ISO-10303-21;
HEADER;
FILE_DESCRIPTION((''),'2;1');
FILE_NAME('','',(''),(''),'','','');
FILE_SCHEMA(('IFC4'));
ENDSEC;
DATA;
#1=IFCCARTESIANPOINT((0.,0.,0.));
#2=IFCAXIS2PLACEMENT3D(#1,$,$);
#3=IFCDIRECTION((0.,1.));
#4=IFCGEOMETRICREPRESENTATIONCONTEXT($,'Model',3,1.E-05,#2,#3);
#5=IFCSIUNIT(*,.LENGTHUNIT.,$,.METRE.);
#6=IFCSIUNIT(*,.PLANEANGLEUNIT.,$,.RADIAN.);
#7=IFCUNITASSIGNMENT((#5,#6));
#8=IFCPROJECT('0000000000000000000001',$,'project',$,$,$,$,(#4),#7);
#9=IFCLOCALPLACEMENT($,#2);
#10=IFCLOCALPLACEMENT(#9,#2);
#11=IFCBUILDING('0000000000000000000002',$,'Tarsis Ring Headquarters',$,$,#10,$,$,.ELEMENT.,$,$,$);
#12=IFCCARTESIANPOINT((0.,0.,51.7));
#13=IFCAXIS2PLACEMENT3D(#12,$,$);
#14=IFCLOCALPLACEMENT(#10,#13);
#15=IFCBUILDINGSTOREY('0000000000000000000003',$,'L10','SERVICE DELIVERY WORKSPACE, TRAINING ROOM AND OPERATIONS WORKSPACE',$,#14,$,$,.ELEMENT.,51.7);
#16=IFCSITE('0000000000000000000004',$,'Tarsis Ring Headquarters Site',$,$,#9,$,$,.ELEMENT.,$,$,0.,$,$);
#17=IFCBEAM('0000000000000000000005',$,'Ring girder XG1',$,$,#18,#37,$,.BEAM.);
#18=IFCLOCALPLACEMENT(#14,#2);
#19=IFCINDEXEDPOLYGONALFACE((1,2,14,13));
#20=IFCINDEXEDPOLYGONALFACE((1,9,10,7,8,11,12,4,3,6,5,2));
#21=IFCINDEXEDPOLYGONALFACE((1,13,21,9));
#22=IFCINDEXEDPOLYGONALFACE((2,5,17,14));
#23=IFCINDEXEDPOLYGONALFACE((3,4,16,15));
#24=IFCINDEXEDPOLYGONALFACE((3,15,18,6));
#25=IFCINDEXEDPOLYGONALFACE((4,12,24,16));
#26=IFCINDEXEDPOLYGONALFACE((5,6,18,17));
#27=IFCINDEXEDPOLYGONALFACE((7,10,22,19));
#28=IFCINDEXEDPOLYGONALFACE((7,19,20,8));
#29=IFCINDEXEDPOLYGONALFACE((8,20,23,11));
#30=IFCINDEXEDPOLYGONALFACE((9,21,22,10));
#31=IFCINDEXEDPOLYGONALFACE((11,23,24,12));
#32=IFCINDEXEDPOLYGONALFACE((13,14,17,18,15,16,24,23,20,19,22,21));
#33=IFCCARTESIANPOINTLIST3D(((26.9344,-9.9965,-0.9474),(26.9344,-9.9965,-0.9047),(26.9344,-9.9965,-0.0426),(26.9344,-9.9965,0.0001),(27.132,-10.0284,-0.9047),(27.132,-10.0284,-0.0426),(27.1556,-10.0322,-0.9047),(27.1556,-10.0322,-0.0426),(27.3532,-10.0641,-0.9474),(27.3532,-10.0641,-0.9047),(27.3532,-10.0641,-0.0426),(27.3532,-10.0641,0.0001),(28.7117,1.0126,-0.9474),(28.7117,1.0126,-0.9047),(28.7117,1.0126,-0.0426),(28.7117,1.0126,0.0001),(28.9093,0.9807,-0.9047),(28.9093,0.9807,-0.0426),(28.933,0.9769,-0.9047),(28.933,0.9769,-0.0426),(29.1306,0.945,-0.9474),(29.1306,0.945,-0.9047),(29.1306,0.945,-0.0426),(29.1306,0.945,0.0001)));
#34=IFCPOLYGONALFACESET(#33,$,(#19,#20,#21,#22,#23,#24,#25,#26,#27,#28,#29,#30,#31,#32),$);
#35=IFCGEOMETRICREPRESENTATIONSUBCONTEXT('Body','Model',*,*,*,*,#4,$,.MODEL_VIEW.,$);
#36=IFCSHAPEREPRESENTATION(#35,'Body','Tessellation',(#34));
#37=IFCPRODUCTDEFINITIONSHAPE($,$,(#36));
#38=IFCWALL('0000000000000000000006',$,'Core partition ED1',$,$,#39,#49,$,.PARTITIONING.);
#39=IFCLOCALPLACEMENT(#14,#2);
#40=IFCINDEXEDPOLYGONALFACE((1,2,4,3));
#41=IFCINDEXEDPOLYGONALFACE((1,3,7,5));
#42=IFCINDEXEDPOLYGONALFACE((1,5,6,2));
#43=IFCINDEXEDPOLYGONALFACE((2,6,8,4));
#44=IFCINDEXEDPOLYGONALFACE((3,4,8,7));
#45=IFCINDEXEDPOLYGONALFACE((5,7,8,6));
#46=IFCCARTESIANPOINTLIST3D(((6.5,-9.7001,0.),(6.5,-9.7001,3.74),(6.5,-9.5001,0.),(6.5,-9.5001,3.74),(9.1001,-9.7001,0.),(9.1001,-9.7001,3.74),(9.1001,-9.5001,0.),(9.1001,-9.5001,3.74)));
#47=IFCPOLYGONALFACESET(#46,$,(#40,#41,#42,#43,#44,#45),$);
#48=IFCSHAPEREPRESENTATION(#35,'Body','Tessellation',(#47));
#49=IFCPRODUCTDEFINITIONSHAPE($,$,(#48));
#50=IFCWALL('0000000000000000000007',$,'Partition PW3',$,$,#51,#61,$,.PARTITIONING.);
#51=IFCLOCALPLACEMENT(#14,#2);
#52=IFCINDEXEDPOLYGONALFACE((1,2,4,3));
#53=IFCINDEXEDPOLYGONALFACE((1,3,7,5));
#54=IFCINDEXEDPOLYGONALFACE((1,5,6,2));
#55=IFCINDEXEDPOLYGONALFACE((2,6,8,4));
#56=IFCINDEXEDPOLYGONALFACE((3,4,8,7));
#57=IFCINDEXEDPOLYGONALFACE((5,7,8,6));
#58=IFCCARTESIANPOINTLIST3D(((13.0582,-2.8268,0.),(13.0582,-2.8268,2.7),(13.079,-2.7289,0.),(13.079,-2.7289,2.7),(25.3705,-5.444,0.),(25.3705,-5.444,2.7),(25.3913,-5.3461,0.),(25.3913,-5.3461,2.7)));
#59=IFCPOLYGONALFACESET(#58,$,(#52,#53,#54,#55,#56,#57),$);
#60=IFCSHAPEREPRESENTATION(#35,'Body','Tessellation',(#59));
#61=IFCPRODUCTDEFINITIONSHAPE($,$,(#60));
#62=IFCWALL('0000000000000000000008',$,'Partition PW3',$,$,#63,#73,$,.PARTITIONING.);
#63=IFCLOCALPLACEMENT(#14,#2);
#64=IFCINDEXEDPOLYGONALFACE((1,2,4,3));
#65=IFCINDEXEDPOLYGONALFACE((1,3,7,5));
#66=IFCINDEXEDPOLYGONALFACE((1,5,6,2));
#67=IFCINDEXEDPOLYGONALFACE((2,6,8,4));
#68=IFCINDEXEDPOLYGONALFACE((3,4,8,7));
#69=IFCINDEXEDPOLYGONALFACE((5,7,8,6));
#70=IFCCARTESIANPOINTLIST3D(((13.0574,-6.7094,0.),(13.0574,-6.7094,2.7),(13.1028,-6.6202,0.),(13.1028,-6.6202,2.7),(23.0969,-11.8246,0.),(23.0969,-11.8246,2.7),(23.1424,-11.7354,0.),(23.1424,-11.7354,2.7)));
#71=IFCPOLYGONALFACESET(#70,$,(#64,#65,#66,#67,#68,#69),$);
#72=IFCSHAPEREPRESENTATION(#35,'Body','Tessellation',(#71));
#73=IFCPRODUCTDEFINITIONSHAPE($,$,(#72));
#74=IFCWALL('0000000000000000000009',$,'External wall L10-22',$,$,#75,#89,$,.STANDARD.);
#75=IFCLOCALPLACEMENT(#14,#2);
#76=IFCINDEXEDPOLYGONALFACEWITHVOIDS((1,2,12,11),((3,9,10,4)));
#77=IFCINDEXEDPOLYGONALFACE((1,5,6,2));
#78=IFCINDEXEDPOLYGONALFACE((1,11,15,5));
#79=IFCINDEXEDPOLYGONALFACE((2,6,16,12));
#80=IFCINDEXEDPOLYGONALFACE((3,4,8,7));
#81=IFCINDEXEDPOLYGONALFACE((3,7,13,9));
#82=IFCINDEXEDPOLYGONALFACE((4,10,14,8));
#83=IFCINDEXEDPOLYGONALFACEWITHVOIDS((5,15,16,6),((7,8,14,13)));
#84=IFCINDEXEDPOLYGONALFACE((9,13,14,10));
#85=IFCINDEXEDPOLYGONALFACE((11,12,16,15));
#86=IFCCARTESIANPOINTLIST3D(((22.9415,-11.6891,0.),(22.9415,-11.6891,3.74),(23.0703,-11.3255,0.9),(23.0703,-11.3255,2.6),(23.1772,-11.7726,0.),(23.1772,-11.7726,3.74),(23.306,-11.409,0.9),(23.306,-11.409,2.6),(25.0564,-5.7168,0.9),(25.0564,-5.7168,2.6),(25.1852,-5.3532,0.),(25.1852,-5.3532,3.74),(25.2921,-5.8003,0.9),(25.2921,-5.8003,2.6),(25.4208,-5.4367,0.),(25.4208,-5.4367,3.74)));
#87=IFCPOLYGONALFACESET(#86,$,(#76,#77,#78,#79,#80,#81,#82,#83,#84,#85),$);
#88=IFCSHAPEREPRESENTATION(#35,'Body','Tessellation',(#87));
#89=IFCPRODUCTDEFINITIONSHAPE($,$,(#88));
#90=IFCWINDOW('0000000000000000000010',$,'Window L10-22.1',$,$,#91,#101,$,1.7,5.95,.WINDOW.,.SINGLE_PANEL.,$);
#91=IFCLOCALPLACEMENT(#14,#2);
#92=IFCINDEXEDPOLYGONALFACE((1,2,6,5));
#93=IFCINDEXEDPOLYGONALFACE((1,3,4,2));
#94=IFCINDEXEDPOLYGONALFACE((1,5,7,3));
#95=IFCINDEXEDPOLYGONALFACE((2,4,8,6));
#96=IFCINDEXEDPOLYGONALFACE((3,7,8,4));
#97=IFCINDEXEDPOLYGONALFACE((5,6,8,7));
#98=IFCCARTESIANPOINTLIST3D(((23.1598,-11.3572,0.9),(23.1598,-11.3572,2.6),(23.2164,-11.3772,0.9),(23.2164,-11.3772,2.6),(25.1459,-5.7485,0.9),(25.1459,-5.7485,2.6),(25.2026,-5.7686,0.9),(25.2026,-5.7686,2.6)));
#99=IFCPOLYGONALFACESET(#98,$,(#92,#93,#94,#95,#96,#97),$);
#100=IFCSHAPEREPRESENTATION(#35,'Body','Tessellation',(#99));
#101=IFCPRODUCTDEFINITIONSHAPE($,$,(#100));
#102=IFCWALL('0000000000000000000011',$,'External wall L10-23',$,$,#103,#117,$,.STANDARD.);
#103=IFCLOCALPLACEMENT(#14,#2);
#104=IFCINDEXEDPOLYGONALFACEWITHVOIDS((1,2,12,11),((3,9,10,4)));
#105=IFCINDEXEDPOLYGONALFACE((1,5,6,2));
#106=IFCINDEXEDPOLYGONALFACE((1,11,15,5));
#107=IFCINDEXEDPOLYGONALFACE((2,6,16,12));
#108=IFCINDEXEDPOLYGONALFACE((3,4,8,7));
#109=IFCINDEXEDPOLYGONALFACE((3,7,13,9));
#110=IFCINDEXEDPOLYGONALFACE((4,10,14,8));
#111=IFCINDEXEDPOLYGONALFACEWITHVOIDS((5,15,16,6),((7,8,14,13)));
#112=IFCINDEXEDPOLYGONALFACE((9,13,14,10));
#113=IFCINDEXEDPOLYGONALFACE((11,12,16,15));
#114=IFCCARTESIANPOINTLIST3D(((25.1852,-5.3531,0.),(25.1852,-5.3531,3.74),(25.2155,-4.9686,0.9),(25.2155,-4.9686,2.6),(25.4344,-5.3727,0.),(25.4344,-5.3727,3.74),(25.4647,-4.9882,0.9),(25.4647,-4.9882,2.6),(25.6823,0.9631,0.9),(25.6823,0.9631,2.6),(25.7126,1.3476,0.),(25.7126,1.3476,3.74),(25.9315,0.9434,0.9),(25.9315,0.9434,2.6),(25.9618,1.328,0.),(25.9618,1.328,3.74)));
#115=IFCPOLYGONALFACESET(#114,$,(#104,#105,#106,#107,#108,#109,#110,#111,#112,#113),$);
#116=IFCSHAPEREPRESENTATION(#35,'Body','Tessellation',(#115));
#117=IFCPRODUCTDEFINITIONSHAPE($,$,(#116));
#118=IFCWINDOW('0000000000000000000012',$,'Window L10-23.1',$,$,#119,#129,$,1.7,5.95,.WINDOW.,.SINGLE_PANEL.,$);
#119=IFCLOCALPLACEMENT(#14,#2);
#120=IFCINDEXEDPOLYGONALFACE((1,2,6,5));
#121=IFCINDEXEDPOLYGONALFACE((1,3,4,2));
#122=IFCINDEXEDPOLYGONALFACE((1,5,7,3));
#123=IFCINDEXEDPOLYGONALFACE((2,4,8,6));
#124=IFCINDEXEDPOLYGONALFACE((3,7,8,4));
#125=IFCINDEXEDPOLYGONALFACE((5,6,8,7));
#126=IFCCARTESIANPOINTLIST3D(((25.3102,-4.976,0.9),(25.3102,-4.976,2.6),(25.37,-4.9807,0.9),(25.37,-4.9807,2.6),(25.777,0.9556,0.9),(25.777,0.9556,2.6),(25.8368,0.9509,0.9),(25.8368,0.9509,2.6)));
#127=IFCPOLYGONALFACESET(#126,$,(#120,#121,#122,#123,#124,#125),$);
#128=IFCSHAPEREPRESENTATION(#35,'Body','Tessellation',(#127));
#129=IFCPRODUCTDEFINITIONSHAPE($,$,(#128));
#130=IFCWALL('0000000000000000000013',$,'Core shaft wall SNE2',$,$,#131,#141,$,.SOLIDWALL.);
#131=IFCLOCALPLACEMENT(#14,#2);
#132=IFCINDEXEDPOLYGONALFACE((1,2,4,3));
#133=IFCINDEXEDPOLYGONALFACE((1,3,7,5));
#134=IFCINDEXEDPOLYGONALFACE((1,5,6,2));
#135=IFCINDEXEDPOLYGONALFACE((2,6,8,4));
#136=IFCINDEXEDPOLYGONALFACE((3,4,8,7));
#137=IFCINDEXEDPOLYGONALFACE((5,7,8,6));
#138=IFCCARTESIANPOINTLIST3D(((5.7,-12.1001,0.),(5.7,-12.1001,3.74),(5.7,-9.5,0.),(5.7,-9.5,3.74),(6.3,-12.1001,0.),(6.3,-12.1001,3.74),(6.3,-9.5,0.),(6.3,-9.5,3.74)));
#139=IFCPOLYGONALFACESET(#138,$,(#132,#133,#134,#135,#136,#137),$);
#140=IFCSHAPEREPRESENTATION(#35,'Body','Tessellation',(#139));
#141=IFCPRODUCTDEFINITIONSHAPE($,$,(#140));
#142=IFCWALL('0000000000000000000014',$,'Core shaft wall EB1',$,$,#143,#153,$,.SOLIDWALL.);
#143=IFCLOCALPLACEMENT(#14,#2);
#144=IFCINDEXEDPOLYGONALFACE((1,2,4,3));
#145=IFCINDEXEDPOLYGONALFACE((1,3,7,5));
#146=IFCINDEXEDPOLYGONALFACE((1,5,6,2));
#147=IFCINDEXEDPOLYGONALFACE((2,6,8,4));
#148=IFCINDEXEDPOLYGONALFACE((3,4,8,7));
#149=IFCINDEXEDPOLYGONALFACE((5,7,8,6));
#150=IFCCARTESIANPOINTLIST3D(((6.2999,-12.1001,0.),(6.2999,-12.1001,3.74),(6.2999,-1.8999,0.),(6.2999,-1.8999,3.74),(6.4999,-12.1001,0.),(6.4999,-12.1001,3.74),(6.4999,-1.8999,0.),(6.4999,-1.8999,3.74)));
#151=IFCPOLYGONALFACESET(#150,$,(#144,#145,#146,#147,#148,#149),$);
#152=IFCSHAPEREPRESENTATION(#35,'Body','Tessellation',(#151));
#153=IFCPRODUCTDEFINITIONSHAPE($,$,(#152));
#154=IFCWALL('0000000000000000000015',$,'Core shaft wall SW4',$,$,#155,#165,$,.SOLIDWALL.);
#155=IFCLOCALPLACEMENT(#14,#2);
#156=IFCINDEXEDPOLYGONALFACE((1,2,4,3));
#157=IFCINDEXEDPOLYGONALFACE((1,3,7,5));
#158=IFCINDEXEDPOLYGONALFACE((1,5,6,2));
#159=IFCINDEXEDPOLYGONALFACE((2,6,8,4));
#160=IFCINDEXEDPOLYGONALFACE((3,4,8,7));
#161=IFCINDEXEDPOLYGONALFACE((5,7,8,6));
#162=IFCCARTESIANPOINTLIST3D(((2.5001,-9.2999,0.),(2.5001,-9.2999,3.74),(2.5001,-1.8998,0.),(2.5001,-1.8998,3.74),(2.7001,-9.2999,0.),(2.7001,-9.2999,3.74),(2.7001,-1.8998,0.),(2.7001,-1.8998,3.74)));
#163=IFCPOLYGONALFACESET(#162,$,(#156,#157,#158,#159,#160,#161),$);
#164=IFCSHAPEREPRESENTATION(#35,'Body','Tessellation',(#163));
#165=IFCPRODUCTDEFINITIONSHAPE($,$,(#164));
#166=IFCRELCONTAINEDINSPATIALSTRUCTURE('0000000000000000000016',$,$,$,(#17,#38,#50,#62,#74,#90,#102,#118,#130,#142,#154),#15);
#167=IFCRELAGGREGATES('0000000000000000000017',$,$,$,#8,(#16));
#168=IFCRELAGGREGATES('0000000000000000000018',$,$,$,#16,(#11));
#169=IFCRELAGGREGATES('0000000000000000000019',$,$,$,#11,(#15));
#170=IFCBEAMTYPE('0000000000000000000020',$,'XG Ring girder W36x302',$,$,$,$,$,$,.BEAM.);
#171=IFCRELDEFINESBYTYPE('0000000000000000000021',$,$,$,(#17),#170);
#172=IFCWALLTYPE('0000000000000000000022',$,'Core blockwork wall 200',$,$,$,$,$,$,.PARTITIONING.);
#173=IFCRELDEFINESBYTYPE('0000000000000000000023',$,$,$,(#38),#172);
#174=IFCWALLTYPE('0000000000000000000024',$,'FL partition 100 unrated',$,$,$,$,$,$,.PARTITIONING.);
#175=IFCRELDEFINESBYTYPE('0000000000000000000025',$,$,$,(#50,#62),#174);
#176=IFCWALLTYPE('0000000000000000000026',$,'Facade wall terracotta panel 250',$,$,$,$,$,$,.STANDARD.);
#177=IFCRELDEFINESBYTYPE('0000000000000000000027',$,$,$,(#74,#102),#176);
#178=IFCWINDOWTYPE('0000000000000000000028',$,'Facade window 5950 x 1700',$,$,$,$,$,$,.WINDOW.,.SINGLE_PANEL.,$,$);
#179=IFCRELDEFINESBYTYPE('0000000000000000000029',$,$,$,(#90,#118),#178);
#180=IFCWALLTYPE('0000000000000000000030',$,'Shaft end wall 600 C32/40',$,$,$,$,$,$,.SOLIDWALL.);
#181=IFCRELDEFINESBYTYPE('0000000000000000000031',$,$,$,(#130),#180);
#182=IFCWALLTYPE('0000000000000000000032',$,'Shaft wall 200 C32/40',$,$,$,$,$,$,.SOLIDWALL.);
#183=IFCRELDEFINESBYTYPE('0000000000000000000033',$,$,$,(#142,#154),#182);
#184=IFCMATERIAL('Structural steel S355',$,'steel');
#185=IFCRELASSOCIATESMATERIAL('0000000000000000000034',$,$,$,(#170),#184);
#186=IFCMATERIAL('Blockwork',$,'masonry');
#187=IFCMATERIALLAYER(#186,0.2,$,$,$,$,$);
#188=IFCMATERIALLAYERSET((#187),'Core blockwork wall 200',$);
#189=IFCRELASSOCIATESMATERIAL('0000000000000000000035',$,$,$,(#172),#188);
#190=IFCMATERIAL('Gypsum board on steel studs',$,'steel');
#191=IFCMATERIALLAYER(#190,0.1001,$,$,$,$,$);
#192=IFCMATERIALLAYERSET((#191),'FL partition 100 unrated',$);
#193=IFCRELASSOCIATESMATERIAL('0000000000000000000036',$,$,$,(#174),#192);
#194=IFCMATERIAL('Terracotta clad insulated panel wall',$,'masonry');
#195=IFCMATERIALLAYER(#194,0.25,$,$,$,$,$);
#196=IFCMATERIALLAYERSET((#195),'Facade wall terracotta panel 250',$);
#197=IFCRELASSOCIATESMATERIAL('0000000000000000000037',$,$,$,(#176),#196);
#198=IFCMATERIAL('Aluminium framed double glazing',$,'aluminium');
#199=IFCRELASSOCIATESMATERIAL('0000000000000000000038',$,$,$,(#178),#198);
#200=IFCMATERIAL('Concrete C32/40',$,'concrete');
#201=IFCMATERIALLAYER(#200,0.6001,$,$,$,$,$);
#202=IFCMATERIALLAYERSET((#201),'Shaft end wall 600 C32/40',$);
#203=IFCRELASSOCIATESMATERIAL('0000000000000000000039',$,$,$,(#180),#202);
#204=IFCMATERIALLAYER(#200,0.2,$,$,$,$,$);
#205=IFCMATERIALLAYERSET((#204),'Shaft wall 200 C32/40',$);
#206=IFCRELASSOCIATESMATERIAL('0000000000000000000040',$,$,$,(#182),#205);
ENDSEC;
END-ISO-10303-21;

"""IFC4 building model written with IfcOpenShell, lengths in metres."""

from ifc_helpers import new_model, si_unit, direction, frame, frame_2d, origin, origin_2d, place, context, subcontext, project, spatial, rectangle, i_section, extrude, material, layer, layer_set, material_profile, profile_set, type_object, element, fill, save


model = new_model("IFC4")

# Units and contexts
model_context = context("Model", 3, precision=1e-05, world=origin(), true_north=direction((0.0, 1.0)))
body_context = subcontext(model_context, "Body", "Model", "MODEL_VIEW")
ifc_project = project(units=[si_unit("LENGTHUNIT", "METRE"), si_unit("PLANEANGLEUNIT", "RADIAN")], contexts=[model_context])

# Site, building, storey
site_placement = place(None, origin())
site = spatial("IfcSite", under=ifc_project, at=site_placement, Name="Tarsis Ring Headquarters Site", CompositionType="ELEMENT", RefElevation=0.0)
building_placement = place(site_placement, origin())
building = spatial("IfcBuilding", under=site, at=building_placement, Name="Tarsis Ring Headquarters", CompositionType="ELEMENT")
storey_placement = place(building_placement, frame((0.0, 0.0, 51.7)))
storey = spatial("IfcBuildingStorey", under=building, at=storey_placement, Name="L10", Description="SERVICE DELIVERY WORKSPACE, TRAINING ROOM AND OPERATIONS WORKSPACE", CompositionType="ELEMENT", Elevation=51.7)

# Beam
ifc_material_1 = material(Name="Structural steel S355", Category="steel")
ifc_material_profile_1 = material_profile(ifc_material_1, i_section(OverallWidth=0.4243, OverallDepth=0.9475, WebThickness=0.0239, FlangeThickness=0.0427, at=origin_2d()), Name="W36x302")
ifc_profile_set_1 = profile_set([ifc_material_profile_1], Name="Structural steel S355")
beam_type_1 = type_object("IfcBeamType", Name="XG Ring girder W36x302", PredefinedType="BEAM", material=ifc_profile_set_1)
beam_1_placement = place(storey_placement, frame((27.1438, -10.0303, -0.4736), z_axis=(0.15938, 0.987217, 0.0), x_axis=(-0.987217, 0.15938, 0.0)))
element("IfcBeam", 1, at=beam_1_placement, inside=storey, type_object=beam_type_1, Name="Ring girder XG1", PredefinedType="BEAM", context=body_context, shape_type="SweptSolid", body=[
    extrude(i_section(OverallWidth=0.4243, OverallDepth=0.9475, WebThickness=0.0239, FlangeThickness=0.0427, at=origin_2d()), origin(), (0.0, 0.0, 1.0), 11.1516),
])

# Walls
ifc_material_2 = material(Name="Blockwork", Category="masonry")
ifc_layer_1 = layer(ifc_material_2, 0.2)
ifc_layer_set_1 = layer_set([ifc_layer_1], Name="Core blockwork wall 200")
wall_type_1 = type_object("IfcWallType", Name="Core blockwork wall 200", PredefinedType="PARTITIONING", material=ifc_layer_set_1)
wall_1_placement = place(storey_placement, frame((6.5, -9.6001, 0.0), z_axis=(0.0, 0.0, 1.0), x_axis=(1.0, 0.0, 0.0)))
element("IfcWall", 2, at=wall_1_placement, inside=storey, type_object=wall_type_1, Name="Core partition ED1", PredefinedType="PARTITIONING", context=body_context, shape_type="SweptSolid", body=[
    extrude(rectangle(XDim=2.6001, YDim=0.2, at=frame_2d((1.3, 0.0))), origin(), (0.0, 0.0, 1.0), 3.74),
])
ifc_material_3 = material(Name="Gypsum board on steel studs", Category="steel")
ifc_layer_2 = layer(ifc_material_3, 0.1001)
ifc_layer_set_2 = layer_set([ifc_layer_2], Name="FL partition 100 unrated")
wall_type_2 = type_object("IfcWallType", Name="FL partition 100 unrated", PredefinedType="PARTITIONING", material=ifc_layer_set_2)
wall_2_placement = place(storey_placement, frame((13.0686, -2.7778, 0.0), z_axis=(0.0, 0.0, 1.0), x_axis=(0.978145, -0.207922, 0.0)))
element("IfcWall", 3, at=wall_2_placement, inside=storey, type_object=wall_type_2, Name="Partition PW3", PredefinedType="PARTITIONING", context=body_context, shape_type="SweptSolid", body=[
    extrude(rectangle(XDim=12.5874, YDim=0.1001, at=frame_2d((6.2937, 0.0))), origin(), (0.0, 0.0, 1.0), 2.7),
])
wall_3_placement = place(storey_placement, frame((13.0801, -6.6648, 0.0), z_axis=(0.0, 0.0, 1.0), x_axis=(0.891013, -0.453978, 0.0)))
element("IfcWall", 4, at=wall_3_placement, inside=storey, type_object=wall_type_2, Name="Partition PW3", PredefinedType="PARTITIONING", context=body_context, shape_type="SweptSolid", body=[
    extrude(rectangle(XDim=11.2676, YDim=0.1001, at=frame_2d((5.6338, 0.0))), origin(), (0.0, 0.0, 1.0), 2.7),
])

# Walls, openings, windows
ifc_material_4 = material(Name="Terracotta clad insulated panel wall", Category="masonry")
ifc_layer_3 = layer(ifc_material_4, 0.25)
ifc_layer_set_3 = layer_set([ifc_layer_3], Name="Facade wall terracotta panel 250")
wall_type_3 = type_object("IfcWallType", Name="Facade wall terracotta panel 250", PredefinedType="STANDARD", material=ifc_layer_set_3)
wall_4_placement = place(storey_placement, frame((23.0593, -11.731, 0.0), z_axis=(0.0, 0.0, 1.0), x_axis=(0.333804, 0.942642, 0.0)))
wall_4 = element("IfcWall", 5, at=wall_4_placement, inside=storey, type_object=wall_type_3, Name="External wall L10-22", PredefinedType="STANDARD", context=body_context, shape_type="SweptSolid", body=[
    extrude(rectangle(XDim=6.7214, YDim=0.25, at=frame_2d((3.3608, 0.0))), origin(), (0.0, 0.0, 1.0), 3.74),
])
opening_1_placement = place(wall_4_placement, frame((0.3857, 0.0, 0.8999)))
opening_1 = element("IfcOpeningElement", 6, at=opening_1_placement, cuts=wall_4, PredefinedType="OPENING", context=body_context, shape_type="SweptSolid", body=[
    extrude(rectangle(XDim=5.95, YDim=1.7, at=frame_2d((2.9751, 0.8501))), frame((0.0, 0.135, 0.0), z_axis=(0.0, -1.0, 0.0), x_axis=(1.0, 0.0, 0.0)), (0.0, 0.0, 1.0), 0.27),
])
ifc_material_5 = material(Name="Aluminium framed double glazing", Category="aluminium")
window_type = type_object("IfcWindowType", Name="Facade window 5950 x 1700", PartitioningType="SINGLE_PANEL", PredefinedType="WINDOW", material=ifc_material_5)
window_1_placement = place(opening_1_placement, origin())
window_1 = element("IfcWindow", 7, at=window_1_placement, inside=storey, type_object=window_type, Name="Window L10-22.1", OverallHeight=1.7, OverallWidth=5.95, PartitioningType="SINGLE_PANEL", PredefinedType="WINDOW", context=body_context, shape_type="SweptSolid", body=[
    extrude(rectangle(XDim=5.95, YDim=1.7, at=frame_2d((2.9751, 0.8501))), frame((0.0, 0.03, 0.0), z_axis=(0.0, -1.0, 0.0), x_axis=(1.0, 0.0, 0.0)), (0.0, 0.0, 1.0), 0.0601),
])
fill(opening_1, window_1)
wall_5_placement = place(storey_placement, frame((25.3098, -5.363, 0.0), z_axis=(0.0, 0.0, 1.0), x_axis=(0.078457, 0.996917, 0.0)))
wall_5 = element("IfcWall", 8, at=wall_5_placement, inside=storey, type_object=wall_type_3, Name="External wall L10-23", PredefinedType="STANDARD", context=body_context, shape_type="SweptSolid", body=[
    extrude(rectangle(XDim=6.7214, YDim=0.25, at=frame_2d((3.3608, 0.0))), origin(), (0.0, 0.0, 1.0), 3.74),
])
opening_2_placement = place(wall_5_placement, frame((0.3857, 0.0, 0.8999)))
opening_2 = element("IfcOpeningElement", 9, at=opening_2_placement, cuts=wall_5, PredefinedType="OPENING", context=body_context, shape_type="SweptSolid", body=[
    extrude(rectangle(XDim=5.95, YDim=1.7, at=frame_2d((2.9751, 0.8501))), frame((0.0, 0.135, 0.0), z_axis=(0.0, -1.0, 0.0), x_axis=(1.0, 0.0, 0.0)), (0.0, 0.0, 1.0), 0.27),
])
window_2_placement = place(opening_2_placement, origin())
window_2 = element("IfcWindow", 10, at=window_2_placement, inside=storey, type_object=window_type, Name="Window L10-23.1", OverallHeight=1.7, OverallWidth=5.95, PartitioningType="SINGLE_PANEL", PredefinedType="WINDOW", context=body_context, shape_type="SweptSolid", body=[
    extrude(rectangle(XDim=5.95, YDim=1.7, at=frame_2d((2.9751, 0.8501))), frame((0.0, 0.03, 0.0), z_axis=(0.0, -1.0, 0.0), x_axis=(1.0, 0.0, 0.0)), (0.0, 0.0, 1.0), 0.0601),
])
fill(opening_2, window_2)

# Walls
ifc_material_6 = material(Name="Concrete C32/40", Category="concrete")
ifc_layer_4 = layer(ifc_material_6, 0.6001)
ifc_layer_set_4 = layer_set([ifc_layer_4], Name="Shaft end wall 600 C32/40")
wall_type_4 = type_object("IfcWallType", Name="Shaft end wall 600 C32/40", PredefinedType="SOLIDWALL", material=ifc_layer_set_4)
wall_6_placement = place(storey_placement, frame((6.0, -12.1001, 0.0), z_axis=(0.0, 0.0, 1.0), x_axis=(0.0, 1.0, 0.0)))
element("IfcWall", 11, at=wall_6_placement, inside=storey, type_object=wall_type_4, Name="Core shaft wall SNE2", PredefinedType="SOLIDWALL", context=body_context, shape_type="SweptSolid", body=[
    extrude(rectangle(XDim=2.6001, YDim=0.6001, at=frame_2d((1.3, 0.0))), origin(), (0.0, 0.0, 1.0), 3.74),
])
ifc_layer_5 = layer(ifc_material_6, 0.2)
ifc_layer_set_5 = layer_set([ifc_layer_5], Name="Shaft wall 200 C32/40")
wall_type_5 = type_object("IfcWallType", Name="Shaft wall 200 C32/40", PredefinedType="SOLIDWALL", material=ifc_layer_set_5)
wall_7_placement = place(storey_placement, frame((6.3999, -12.1001, 0.0), z_axis=(0.0, 0.0, 1.0), x_axis=(0.0, 1.0, 0.0)))
element("IfcWall", 12, at=wall_7_placement, inside=storey, type_object=wall_type_5, Name="Core shaft wall EB1", PredefinedType="SOLIDWALL", context=body_context, shape_type="SweptSolid", body=[
    extrude(rectangle(XDim=10.2002, YDim=0.2, at=frame_2d((5.1001, 0.0))), origin(), (0.0, 0.0, 1.0), 3.74),
])
wall_8_placement = place(storey_placement, frame((2.6001, -9.3, 0.0), z_axis=(0.0, 0.0, 1.0), x_axis=(0.0, 1.0, 0.0)))
element("IfcWall", 13, at=wall_8_placement, inside=storey, type_object=wall_type_5, Name="Core shaft wall SW4", PredefinedType="SOLIDWALL", context=body_context, shape_type="SweptSolid", body=[
    extrude(rectangle(XDim=7.4001, YDim=0.2, at=frame_2d((3.7002, 0.0))), origin(), (0.0, 0.0, 1.0), 3.74),
])

save(model, "model.ifc")
